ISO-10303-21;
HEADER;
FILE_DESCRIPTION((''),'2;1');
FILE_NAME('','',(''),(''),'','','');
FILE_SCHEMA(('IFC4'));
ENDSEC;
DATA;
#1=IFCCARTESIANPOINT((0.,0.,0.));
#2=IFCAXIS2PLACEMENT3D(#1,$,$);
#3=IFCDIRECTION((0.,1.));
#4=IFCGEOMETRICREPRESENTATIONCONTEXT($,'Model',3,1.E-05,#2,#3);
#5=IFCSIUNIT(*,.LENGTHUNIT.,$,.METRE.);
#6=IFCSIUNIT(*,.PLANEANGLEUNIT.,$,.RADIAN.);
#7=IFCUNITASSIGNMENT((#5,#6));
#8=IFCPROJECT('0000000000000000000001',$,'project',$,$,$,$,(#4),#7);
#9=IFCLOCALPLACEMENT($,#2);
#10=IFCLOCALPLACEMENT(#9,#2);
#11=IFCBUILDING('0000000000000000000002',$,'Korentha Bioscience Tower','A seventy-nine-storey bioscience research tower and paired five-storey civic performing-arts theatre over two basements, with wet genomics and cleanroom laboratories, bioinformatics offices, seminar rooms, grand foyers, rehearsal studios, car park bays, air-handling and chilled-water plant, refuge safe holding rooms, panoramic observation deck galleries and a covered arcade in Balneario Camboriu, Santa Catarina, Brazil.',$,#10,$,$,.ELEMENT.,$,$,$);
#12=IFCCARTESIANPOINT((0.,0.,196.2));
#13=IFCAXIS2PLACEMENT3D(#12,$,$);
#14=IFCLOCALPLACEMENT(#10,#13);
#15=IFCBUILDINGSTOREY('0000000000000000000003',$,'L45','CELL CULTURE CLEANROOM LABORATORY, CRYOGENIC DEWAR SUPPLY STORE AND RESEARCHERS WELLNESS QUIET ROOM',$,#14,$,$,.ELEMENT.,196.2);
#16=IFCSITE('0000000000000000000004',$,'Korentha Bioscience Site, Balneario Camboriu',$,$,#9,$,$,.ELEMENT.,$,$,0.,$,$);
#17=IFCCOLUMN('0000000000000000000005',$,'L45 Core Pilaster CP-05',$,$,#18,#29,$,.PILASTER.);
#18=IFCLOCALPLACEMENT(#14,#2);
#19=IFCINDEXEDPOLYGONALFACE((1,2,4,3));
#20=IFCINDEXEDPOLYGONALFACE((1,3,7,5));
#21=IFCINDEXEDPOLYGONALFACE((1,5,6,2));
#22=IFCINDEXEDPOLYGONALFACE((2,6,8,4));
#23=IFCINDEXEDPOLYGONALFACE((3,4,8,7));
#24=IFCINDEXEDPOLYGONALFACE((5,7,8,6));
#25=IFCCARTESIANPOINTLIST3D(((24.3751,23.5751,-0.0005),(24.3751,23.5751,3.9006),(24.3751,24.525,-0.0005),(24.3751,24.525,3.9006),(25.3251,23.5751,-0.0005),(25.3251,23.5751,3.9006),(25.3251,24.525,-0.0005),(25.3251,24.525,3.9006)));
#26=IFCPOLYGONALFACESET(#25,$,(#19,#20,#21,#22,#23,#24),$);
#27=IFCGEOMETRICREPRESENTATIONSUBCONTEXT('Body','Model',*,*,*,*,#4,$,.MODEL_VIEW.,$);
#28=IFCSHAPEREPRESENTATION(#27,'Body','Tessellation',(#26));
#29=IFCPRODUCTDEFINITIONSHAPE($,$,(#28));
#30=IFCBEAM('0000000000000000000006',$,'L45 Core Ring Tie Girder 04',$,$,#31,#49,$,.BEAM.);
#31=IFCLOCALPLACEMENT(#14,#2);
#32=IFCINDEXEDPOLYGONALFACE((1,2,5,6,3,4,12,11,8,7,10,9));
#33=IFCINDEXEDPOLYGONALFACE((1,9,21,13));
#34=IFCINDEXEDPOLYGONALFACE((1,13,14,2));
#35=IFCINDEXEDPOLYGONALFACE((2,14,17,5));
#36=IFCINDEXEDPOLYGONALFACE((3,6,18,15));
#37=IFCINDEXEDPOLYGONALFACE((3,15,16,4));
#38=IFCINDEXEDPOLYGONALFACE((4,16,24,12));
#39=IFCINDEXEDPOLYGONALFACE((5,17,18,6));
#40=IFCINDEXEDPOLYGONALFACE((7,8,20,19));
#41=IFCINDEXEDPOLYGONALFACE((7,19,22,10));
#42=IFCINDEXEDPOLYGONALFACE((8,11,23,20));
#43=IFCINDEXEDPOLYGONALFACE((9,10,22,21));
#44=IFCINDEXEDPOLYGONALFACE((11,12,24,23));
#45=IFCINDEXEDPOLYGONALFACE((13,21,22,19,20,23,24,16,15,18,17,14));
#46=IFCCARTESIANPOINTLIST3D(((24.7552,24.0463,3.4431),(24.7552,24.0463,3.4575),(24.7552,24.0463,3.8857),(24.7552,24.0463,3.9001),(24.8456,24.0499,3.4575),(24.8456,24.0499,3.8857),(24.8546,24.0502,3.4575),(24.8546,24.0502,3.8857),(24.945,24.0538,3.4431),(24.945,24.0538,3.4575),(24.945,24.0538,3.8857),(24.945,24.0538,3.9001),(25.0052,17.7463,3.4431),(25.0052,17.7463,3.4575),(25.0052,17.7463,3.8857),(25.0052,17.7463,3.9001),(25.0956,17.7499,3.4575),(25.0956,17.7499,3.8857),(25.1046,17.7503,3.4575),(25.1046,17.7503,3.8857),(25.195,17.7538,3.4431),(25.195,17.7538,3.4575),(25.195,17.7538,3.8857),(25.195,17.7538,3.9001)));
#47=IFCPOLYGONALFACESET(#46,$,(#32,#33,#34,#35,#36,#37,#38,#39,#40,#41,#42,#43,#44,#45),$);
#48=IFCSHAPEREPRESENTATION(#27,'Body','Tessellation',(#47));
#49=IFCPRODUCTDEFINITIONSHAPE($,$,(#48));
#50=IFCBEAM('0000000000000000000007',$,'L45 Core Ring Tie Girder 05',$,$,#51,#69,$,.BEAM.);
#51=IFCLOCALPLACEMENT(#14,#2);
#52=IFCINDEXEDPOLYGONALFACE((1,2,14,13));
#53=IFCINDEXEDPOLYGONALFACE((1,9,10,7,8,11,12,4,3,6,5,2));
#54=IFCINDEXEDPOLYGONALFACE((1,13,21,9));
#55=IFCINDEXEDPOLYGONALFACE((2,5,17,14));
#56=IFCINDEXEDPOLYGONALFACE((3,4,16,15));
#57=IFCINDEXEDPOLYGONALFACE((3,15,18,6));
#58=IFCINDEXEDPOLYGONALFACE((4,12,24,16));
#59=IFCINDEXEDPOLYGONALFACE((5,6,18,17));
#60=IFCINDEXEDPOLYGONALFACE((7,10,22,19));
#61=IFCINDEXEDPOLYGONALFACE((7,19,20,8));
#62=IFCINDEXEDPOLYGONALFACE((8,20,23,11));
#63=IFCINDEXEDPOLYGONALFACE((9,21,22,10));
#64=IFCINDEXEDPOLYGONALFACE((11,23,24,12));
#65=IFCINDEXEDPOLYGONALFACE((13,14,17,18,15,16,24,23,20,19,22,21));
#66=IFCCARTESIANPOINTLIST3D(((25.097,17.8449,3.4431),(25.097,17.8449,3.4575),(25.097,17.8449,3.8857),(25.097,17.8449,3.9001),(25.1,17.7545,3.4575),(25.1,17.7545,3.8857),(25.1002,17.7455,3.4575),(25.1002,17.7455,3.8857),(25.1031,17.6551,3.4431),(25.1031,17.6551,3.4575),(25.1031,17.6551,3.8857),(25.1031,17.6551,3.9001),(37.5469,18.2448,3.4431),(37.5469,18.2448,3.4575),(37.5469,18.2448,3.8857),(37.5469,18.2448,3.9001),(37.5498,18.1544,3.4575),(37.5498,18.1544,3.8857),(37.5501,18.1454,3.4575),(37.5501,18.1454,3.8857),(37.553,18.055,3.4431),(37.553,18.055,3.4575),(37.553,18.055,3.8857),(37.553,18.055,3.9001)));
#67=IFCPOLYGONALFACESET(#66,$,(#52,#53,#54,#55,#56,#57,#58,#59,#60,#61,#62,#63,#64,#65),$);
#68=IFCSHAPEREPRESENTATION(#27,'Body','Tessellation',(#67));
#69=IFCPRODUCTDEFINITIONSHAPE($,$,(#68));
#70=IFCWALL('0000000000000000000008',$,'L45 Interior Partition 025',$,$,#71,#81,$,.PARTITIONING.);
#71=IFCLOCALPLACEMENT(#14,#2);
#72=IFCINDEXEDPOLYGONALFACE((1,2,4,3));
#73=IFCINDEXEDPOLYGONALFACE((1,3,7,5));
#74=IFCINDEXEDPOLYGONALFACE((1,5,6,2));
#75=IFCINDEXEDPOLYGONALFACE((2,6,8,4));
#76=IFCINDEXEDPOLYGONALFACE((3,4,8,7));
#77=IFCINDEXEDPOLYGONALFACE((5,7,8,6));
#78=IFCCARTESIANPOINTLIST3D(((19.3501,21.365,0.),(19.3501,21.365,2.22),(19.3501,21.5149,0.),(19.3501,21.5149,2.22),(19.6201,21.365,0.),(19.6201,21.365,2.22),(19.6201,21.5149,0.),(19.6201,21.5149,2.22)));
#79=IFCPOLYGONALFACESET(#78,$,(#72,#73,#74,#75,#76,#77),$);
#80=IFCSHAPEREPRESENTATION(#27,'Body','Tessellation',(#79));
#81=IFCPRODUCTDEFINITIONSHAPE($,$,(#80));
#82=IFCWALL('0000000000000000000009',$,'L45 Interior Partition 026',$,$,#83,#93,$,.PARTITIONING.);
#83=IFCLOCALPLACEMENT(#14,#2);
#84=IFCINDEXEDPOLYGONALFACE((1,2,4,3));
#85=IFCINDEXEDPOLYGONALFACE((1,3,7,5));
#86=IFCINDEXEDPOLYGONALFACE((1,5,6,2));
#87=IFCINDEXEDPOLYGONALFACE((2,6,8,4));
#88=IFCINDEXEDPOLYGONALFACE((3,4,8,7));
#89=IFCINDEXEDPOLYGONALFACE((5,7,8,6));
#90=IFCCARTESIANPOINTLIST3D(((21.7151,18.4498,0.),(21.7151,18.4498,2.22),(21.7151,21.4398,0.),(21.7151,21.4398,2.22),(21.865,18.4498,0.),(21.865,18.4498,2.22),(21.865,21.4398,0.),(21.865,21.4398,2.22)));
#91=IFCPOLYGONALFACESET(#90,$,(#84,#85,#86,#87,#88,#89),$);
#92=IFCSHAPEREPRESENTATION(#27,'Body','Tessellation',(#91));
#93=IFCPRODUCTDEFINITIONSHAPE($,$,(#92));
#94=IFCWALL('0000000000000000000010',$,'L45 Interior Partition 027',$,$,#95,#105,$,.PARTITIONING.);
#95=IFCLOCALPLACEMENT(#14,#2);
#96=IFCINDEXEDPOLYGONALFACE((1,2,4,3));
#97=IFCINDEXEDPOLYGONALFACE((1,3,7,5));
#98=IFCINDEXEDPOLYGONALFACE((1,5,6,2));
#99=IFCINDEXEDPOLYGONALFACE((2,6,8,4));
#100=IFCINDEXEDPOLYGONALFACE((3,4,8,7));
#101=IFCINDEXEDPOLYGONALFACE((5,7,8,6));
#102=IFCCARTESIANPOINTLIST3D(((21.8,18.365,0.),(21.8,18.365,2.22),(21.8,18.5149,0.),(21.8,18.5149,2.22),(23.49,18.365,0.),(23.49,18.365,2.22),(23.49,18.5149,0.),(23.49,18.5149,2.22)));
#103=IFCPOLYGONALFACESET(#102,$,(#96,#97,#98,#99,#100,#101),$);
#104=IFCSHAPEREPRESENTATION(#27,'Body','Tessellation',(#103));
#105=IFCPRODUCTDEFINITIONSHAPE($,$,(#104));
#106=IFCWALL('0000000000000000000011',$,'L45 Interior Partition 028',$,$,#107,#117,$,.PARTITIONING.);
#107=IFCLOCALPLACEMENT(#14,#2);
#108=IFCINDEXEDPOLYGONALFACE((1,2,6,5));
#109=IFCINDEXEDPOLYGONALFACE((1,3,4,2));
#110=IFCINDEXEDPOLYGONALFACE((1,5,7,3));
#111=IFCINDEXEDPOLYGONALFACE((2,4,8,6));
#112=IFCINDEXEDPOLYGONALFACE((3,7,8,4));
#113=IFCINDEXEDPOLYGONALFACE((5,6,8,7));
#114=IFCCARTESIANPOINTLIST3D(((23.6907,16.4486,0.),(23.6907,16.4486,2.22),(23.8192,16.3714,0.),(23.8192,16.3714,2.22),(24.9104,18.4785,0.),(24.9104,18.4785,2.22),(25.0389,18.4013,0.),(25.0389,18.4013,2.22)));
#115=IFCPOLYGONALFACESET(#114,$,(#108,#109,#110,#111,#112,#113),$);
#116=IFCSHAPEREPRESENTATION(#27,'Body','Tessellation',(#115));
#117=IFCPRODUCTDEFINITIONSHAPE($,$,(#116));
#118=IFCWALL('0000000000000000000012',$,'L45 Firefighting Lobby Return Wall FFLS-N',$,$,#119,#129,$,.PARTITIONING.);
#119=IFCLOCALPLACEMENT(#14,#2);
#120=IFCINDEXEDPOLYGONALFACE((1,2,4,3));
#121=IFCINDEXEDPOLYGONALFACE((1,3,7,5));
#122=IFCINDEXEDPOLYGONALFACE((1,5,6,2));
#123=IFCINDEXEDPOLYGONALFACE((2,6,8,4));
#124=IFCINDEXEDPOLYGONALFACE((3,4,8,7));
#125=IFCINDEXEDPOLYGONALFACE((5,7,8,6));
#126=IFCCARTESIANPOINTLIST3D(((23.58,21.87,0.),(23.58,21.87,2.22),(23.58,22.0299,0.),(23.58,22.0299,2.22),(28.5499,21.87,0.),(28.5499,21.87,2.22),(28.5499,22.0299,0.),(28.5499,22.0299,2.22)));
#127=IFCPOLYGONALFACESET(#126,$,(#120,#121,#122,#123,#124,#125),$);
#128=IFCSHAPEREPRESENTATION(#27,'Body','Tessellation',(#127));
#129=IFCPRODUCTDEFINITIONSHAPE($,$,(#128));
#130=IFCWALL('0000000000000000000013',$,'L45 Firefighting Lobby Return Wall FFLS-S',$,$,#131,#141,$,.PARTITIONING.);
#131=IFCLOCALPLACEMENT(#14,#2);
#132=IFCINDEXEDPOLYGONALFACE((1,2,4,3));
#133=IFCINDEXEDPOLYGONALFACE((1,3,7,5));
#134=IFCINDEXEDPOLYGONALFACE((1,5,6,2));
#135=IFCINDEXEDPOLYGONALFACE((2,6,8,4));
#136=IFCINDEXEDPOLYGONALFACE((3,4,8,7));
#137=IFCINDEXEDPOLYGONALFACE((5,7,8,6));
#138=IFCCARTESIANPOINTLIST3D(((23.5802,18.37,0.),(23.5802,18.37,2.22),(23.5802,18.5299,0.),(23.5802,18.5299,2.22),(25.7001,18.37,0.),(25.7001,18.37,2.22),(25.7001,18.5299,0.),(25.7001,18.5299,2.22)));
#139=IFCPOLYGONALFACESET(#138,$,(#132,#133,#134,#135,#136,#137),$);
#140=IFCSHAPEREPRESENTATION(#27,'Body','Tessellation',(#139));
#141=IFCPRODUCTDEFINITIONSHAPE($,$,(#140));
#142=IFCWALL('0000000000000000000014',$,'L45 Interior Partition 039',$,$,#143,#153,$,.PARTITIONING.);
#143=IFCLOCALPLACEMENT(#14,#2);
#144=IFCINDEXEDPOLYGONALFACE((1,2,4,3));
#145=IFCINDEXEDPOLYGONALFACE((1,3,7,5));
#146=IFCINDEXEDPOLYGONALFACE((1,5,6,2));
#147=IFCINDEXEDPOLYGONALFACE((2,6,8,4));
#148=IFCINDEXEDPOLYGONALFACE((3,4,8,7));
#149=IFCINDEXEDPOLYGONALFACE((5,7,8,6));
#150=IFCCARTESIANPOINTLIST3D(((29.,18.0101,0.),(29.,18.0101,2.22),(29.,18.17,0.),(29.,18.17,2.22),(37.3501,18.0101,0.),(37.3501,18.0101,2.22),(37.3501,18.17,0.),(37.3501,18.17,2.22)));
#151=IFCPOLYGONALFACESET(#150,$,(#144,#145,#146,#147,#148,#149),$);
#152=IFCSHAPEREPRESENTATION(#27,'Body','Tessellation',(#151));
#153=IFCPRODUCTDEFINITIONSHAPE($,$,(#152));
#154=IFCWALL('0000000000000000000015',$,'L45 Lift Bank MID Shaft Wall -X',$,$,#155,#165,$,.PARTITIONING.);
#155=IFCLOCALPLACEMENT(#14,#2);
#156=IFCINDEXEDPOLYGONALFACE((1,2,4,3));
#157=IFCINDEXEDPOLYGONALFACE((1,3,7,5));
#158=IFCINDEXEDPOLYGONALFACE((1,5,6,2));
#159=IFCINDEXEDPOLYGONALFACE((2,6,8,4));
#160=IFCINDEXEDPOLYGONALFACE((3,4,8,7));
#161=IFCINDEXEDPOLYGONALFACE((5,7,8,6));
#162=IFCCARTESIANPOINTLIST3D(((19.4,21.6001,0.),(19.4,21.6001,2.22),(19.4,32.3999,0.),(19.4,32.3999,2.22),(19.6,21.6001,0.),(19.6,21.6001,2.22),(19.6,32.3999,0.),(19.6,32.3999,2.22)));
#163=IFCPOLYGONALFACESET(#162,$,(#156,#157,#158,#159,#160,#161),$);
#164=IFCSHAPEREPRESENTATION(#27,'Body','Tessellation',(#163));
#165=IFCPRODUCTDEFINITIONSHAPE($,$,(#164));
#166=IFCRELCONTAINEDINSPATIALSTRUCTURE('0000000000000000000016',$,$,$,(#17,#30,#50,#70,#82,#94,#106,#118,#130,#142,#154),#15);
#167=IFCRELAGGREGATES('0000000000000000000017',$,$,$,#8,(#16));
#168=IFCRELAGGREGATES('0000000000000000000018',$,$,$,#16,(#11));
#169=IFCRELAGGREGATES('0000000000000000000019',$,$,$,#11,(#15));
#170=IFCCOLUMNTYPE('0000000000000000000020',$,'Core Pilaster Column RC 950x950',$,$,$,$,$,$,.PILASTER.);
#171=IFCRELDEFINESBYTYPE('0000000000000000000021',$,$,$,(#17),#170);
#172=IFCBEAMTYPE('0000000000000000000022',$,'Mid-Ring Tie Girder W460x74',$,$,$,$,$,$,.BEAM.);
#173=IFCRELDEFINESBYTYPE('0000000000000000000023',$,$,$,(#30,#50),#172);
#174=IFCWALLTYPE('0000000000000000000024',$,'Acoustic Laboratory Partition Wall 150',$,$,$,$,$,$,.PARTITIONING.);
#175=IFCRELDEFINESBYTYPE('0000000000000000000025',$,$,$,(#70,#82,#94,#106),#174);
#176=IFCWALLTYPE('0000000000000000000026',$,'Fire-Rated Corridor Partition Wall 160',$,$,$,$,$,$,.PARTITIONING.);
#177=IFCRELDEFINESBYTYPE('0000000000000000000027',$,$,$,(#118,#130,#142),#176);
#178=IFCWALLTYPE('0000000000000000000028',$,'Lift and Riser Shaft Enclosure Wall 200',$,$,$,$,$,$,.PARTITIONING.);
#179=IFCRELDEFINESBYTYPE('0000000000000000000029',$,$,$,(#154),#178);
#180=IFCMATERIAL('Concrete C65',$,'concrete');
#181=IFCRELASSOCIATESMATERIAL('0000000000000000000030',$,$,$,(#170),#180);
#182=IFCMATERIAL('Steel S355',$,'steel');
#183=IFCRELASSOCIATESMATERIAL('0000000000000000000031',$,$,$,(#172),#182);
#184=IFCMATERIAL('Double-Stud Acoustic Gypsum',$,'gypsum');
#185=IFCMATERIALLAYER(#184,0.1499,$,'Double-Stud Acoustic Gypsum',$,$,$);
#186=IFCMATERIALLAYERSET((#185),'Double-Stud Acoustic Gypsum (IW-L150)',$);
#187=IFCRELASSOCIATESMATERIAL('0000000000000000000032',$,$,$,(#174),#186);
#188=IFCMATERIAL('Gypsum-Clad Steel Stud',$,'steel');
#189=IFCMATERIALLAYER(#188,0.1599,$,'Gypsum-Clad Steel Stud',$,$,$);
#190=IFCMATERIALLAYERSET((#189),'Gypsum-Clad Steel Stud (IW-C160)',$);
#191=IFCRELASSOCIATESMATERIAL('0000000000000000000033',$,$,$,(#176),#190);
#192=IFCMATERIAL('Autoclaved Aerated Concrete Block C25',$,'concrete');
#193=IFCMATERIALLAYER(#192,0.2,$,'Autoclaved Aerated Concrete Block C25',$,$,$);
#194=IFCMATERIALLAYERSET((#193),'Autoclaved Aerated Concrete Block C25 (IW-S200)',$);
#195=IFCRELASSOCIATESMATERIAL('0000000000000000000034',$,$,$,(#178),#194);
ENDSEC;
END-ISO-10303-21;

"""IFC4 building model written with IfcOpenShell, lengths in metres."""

from ifc_helpers import new_model, si_unit, direction, frame, frame_2d, origin, origin_2d, place, context, subcontext, project, spatial, rectangle, i_section, extrude, material, layer, layer_set, material_profile, profile_set, type_object, element, save


model = new_model("IFC4")

# Units and contexts
model_context = context("Model", 3, precision=1e-05, world=origin(), true_north=direction((0.0, 1.0)))
body_context = subcontext(model_context, "Body", "Model", "MODEL_VIEW")
ifc_project = project(units=[si_unit("LENGTHUNIT", "METRE"), si_unit("PLANEANGLEUNIT", "RADIAN")], contexts=[model_context])

# Site, building, storey
site_placement = place(None, origin())
site = spatial("IfcSite", under=ifc_project, at=site_placement, Name="Korentha Bioscience Site, Balneario Camboriu", CompositionType="ELEMENT", RefElevation=0.0)
building_placement = place(site_placement, origin())
building = spatial("IfcBuilding", under=site, at=building_placement, Name="Korentha Bioscience Tower", Description="A seventy-nine-storey bioscience research tower and paired five-storey civic performing-arts theatre over two basements, with wet genomics and cleanroom laboratories, bioinformatics offices, seminar rooms, grand foyers, rehearsal studios, car park bays, air-handling and chilled-water plant, refuge safe holding rooms, panoramic observation deck galleries and a covered arcade in Balneario Camboriu, Santa Catarina, Brazil.", CompositionType="ELEMENT")
storey_placement = place(building_placement, frame((0.0, 0.0, 196.2)))
storey = spatial("IfcBuildingStorey", under=building, at=storey_placement, Name="L45", Description="CELL CULTURE CLEANROOM LABORATORY, CRYOGENIC DEWAR SUPPLY STORE AND RESEARCHERS WELLNESS QUIET ROOM", CompositionType="ELEMENT", Elevation=196.2)

# Column
ifc_material_1 = material(Name="Concrete C65", Category="concrete")
ifc_material_profile_1 = material_profile(ifc_material_1, rectangle(XDim=0.95, YDim=0.95, at=origin_2d()), Name="Concrete C65")
ifc_profile_set_1 = profile_set([ifc_material_profile_1], Name="Concrete C65 (COL-CP09)")
column_type = type_object("IfcColumnType", Name="Core Pilaster Column RC 950x950", PredefinedType="PILASTER", material=ifc_profile_set_1)
column_placement = place(storey_placement, frame((24.8501, 24.05, -0.0005), z_axis=(0.0, 0.0, 1.0), x_axis=(1.0, 0.0, 0.0)))
element("IfcColumn", 1, at=column_placement, inside=storey, type_object=column_type, Name="L45 Core Pilaster CP-05", PredefinedType="PILASTER", context=body_context, shape_type="SweptSolid", body=[
    extrude(rectangle(XDim=0.95, YDim=0.95, at=origin_2d()), origin(), (0.0, 0.0, 1.0), 3.9011),
])

# Beams
ifc_material_2 = material(Name="Steel S355", Category="steel")
ifc_material_profile_2 = material_profile(ifc_material_2, i_section(OverallWidth=0.1899, OverallDepth=0.457, WebThickness=0.009, FlangeThickness=0.0144, at=origin_2d()), Name="Steel S355")
ifc_profile_set_2 = profile_set([ifc_material_profile_2], Name="Steel S355 (MB-460)")
beam_type = type_object("IfcBeamType", Name="Mid-Ring Tie Girder W460x74", PredefinedType="BEAM", material=ifc_profile_set_2)
beam_1_placement = place(storey_placement, frame((24.8501, 24.05, 3.6716), z_axis=(0.039651, -0.999214, 0.0), x_axis=(0.999214, 0.039651, 0.0)))
element("IfcBeam", 2, at=beam_1_placement, inside=storey, type_object=beam_type, Name="L45 Core Ring Tie Girder 04", PredefinedType="BEAM", context=body_context, shape_type="SweptSolid", body=[
    extrude(i_section(OverallWidth=0.1899, OverallDepth=0.457, WebThickness=0.009, FlangeThickness=0.0144, at=origin_2d()), origin(), (0.0, 0.0, 1.0), 6.3049),
])
beam_2_placement = place(storey_placement, frame((25.1001, 17.75, 3.6716), z_axis=(0.999485, 0.032104, 0.0), x_axis=(-0.032104, 0.999485, 0.0)))
element("IfcBeam", 3, at=beam_2_placement, inside=storey, type_object=beam_type, Name="L45 Core Ring Tie Girder 05", PredefinedType="BEAM", context=body_context, shape_type="SweptSolid", body=[
    extrude(i_section(OverallWidth=0.1899, OverallDepth=0.457, WebThickness=0.009, FlangeThickness=0.0144, at=origin_2d()), origin(), (0.0, 0.0, 1.0), 12.4563),
])

# Walls
ifc_material_3 = material(Name="Double-Stud Acoustic Gypsum", Category="gypsum")
ifc_layer_1 = layer(ifc_material_3, 0.1499, Name="Double-Stud Acoustic Gypsum")
ifc_layer_set_1 = layer_set([ifc_layer_1], Name="Double-Stud Acoustic Gypsum (IW-L150)")
wall_type_1 = type_object("IfcWallType", Name="Acoustic Laboratory Partition Wall 150", PredefinedType="PARTITIONING", material=ifc_layer_set_1)
wall_1_placement = place(storey_placement, frame((19.3501, 21.4399, 0.0), z_axis=(0.0, 0.0, 1.0), x_axis=(1.0, 0.0, 0.0)))
element("IfcWall", 4, at=wall_1_placement, inside=storey, type_object=wall_type_1, Name="L45 Interior Partition 025", PredefinedType="PARTITIONING", context=body_context, shape_type="SweptSolid", body=[
    extrude(rectangle(XDim=0.27, YDim=0.1499, at=frame_2d((0.135, 0.0))), origin(), (0.0, 0.0, 1.0), 2.22),
])
wall_2_placement = place(storey_placement, frame((21.79, 21.4399, 0.0), z_axis=(0.0, 0.0, 1.0), x_axis=(0.0, -1.0, 0.0)))
element("IfcWall", 5, at=wall_2_placement, inside=storey, type_object=wall_type_1, Name="L45 Interior Partition 026", PredefinedType="PARTITIONING", context=body_context, shape_type="SweptSolid", body=[
    extrude(rectangle(XDim=2.99, YDim=0.1499, at=frame_2d((1.4951, 0.0))), origin(), (0.0, 0.0, 1.0), 2.22),
])
wall_3_placement = place(storey_placement, frame((21.8, 18.4399, 0.0), z_axis=(0.0, 0.0, 1.0), x_axis=(1.0, 0.0, 0.0)))
element("IfcWall", 6, at=wall_3_placement, inside=storey, type_object=wall_type_1, Name="L45 Interior Partition 027", PredefinedType="PARTITIONING", context=body_context, shape_type="SweptSolid", body=[
    extrude(rectangle(XDim=1.6899, YDim=0.1499, at=frame_2d((0.845, 0.0))), origin(), (0.0, 0.0, 1.0), 2.22),
])
wall_4_placement = place(storey_placement, frame((24.9746, 18.4399, 0.0), z_axis=(0.0, 0.0, 1.0), x_axis=(-0.515026, -0.857174, 0.0)))
element("IfcWall", 7, at=wall_4_placement, inside=storey, type_object=wall_type_1, Name="L45 Interior Partition 028", PredefinedType="PARTITIONING", context=body_context, shape_type="SweptSolid", body=[
    extrude(rectangle(XDim=2.3682, YDim=0.1499, at=frame_2d((1.1841, 0.0))), origin(), (0.0, 0.0, 1.0), 2.22),
])

# Shared definitions
ifc_material_4 = material(Name="Gypsum-Clad Steel Stud", Category="steel")
ifc_layer_2 = layer(ifc_material_4, 0.1599, Name="Gypsum-Clad Steel Stud")
ifc_layer_set_2 = layer_set([ifc_layer_2], Name="Gypsum-Clad Steel Stud (IW-C160)")
wall_type_2 = type_object("IfcWallType", Name="Fire-Rated Corridor Partition Wall 160", PredefinedType="PARTITIONING", material=ifc_layer_set_2)

# Walls
wall_5_placement = place(storey_placement, frame((23.5801, 21.95, 0.0), z_axis=(0.0, 0.0, 1.0), x_axis=(1.0, 0.0, 0.0)))
element("IfcWall", 8, at=wall_5_placement, inside=storey, type_object=wall_type_2, Name="L45 Firefighting Lobby Return Wall FFLS-N", PredefinedType="PARTITIONING", context=body_context, shape_type="SweptSolid", body=[
    extrude(rectangle(XDim=4.97, YDim=0.1599, at=frame_2d((2.4849, 0.0))), origin(), (0.0, 0.0, 1.0), 2.22),
])
wall_6_placement = place(storey_placement, frame((23.5801, 18.45, 0.0), z_axis=(0.0, 0.0, 1.0), x_axis=(1.0, 0.0, 0.0)))
element("IfcWall", 9, at=wall_6_placement, inside=storey, type_object=wall_type_2, Name="L45 Firefighting Lobby Return Wall FFLS-S", PredefinedType="PARTITIONING", context=body_context, shape_type="SweptSolid", body=[
    extrude(rectangle(XDim=2.1199, YDim=0.1599, at=frame_2d((1.0601, 0.0))), origin(), (0.0, 0.0, 1.0), 2.22),
])
wall_7_placement = place(storey_placement, frame((29.0, 18.0901, 0.0), z_axis=(0.0, 0.0, 1.0), x_axis=(1.0, 0.0, 0.0)))
element("IfcWall", 10, at=wall_7_placement, inside=storey, type_object=wall_type_2, Name="L45 Interior Partition 039", PredefinedType="PARTITIONING", context=body_context, shape_type="SweptSolid", body=[
    extrude(rectangle(XDim=8.3501, YDim=0.1599, at=frame_2d((4.175, 0.0))), origin(), (0.0, 0.0, 1.0), 2.22),
])
ifc_material_5 = material(Name="Autoclaved Aerated Concrete Block C25", Category="concrete")
ifc_layer_3 = layer(ifc_material_5, 0.2, Name="Autoclaved Aerated Concrete Block C25")
ifc_layer_set_3 = layer_set([ifc_layer_3], Name="Autoclaved Aerated Concrete Block C25 (IW-S200)")
wall_type_3 = type_object("IfcWallType", Name="Lift and Riser Shaft Enclosure Wall 200", PredefinedType="PARTITIONING", material=ifc_layer_set_3)
wall_8_placement = place(storey_placement, frame((19.5, 21.6001, 0.0), z_axis=(0.0, 0.0, 1.0), x_axis=(0.0, 1.0, 0.0)))
element("IfcWall", 11, at=wall_8_placement, inside=storey, type_object=wall_type_3, Name="L45 Lift Bank MID Shaft Wall -X", PredefinedType="PARTITIONING", context=body_context, shape_type="SweptSolid", body=[
    extrude(rectangle(XDim=10.7998, YDim=0.2, at=frame_2d((5.3999, 0.0))), origin(), (0.0, 0.0, 1.0), 2.22),
])

save(model, "model.ifc")
